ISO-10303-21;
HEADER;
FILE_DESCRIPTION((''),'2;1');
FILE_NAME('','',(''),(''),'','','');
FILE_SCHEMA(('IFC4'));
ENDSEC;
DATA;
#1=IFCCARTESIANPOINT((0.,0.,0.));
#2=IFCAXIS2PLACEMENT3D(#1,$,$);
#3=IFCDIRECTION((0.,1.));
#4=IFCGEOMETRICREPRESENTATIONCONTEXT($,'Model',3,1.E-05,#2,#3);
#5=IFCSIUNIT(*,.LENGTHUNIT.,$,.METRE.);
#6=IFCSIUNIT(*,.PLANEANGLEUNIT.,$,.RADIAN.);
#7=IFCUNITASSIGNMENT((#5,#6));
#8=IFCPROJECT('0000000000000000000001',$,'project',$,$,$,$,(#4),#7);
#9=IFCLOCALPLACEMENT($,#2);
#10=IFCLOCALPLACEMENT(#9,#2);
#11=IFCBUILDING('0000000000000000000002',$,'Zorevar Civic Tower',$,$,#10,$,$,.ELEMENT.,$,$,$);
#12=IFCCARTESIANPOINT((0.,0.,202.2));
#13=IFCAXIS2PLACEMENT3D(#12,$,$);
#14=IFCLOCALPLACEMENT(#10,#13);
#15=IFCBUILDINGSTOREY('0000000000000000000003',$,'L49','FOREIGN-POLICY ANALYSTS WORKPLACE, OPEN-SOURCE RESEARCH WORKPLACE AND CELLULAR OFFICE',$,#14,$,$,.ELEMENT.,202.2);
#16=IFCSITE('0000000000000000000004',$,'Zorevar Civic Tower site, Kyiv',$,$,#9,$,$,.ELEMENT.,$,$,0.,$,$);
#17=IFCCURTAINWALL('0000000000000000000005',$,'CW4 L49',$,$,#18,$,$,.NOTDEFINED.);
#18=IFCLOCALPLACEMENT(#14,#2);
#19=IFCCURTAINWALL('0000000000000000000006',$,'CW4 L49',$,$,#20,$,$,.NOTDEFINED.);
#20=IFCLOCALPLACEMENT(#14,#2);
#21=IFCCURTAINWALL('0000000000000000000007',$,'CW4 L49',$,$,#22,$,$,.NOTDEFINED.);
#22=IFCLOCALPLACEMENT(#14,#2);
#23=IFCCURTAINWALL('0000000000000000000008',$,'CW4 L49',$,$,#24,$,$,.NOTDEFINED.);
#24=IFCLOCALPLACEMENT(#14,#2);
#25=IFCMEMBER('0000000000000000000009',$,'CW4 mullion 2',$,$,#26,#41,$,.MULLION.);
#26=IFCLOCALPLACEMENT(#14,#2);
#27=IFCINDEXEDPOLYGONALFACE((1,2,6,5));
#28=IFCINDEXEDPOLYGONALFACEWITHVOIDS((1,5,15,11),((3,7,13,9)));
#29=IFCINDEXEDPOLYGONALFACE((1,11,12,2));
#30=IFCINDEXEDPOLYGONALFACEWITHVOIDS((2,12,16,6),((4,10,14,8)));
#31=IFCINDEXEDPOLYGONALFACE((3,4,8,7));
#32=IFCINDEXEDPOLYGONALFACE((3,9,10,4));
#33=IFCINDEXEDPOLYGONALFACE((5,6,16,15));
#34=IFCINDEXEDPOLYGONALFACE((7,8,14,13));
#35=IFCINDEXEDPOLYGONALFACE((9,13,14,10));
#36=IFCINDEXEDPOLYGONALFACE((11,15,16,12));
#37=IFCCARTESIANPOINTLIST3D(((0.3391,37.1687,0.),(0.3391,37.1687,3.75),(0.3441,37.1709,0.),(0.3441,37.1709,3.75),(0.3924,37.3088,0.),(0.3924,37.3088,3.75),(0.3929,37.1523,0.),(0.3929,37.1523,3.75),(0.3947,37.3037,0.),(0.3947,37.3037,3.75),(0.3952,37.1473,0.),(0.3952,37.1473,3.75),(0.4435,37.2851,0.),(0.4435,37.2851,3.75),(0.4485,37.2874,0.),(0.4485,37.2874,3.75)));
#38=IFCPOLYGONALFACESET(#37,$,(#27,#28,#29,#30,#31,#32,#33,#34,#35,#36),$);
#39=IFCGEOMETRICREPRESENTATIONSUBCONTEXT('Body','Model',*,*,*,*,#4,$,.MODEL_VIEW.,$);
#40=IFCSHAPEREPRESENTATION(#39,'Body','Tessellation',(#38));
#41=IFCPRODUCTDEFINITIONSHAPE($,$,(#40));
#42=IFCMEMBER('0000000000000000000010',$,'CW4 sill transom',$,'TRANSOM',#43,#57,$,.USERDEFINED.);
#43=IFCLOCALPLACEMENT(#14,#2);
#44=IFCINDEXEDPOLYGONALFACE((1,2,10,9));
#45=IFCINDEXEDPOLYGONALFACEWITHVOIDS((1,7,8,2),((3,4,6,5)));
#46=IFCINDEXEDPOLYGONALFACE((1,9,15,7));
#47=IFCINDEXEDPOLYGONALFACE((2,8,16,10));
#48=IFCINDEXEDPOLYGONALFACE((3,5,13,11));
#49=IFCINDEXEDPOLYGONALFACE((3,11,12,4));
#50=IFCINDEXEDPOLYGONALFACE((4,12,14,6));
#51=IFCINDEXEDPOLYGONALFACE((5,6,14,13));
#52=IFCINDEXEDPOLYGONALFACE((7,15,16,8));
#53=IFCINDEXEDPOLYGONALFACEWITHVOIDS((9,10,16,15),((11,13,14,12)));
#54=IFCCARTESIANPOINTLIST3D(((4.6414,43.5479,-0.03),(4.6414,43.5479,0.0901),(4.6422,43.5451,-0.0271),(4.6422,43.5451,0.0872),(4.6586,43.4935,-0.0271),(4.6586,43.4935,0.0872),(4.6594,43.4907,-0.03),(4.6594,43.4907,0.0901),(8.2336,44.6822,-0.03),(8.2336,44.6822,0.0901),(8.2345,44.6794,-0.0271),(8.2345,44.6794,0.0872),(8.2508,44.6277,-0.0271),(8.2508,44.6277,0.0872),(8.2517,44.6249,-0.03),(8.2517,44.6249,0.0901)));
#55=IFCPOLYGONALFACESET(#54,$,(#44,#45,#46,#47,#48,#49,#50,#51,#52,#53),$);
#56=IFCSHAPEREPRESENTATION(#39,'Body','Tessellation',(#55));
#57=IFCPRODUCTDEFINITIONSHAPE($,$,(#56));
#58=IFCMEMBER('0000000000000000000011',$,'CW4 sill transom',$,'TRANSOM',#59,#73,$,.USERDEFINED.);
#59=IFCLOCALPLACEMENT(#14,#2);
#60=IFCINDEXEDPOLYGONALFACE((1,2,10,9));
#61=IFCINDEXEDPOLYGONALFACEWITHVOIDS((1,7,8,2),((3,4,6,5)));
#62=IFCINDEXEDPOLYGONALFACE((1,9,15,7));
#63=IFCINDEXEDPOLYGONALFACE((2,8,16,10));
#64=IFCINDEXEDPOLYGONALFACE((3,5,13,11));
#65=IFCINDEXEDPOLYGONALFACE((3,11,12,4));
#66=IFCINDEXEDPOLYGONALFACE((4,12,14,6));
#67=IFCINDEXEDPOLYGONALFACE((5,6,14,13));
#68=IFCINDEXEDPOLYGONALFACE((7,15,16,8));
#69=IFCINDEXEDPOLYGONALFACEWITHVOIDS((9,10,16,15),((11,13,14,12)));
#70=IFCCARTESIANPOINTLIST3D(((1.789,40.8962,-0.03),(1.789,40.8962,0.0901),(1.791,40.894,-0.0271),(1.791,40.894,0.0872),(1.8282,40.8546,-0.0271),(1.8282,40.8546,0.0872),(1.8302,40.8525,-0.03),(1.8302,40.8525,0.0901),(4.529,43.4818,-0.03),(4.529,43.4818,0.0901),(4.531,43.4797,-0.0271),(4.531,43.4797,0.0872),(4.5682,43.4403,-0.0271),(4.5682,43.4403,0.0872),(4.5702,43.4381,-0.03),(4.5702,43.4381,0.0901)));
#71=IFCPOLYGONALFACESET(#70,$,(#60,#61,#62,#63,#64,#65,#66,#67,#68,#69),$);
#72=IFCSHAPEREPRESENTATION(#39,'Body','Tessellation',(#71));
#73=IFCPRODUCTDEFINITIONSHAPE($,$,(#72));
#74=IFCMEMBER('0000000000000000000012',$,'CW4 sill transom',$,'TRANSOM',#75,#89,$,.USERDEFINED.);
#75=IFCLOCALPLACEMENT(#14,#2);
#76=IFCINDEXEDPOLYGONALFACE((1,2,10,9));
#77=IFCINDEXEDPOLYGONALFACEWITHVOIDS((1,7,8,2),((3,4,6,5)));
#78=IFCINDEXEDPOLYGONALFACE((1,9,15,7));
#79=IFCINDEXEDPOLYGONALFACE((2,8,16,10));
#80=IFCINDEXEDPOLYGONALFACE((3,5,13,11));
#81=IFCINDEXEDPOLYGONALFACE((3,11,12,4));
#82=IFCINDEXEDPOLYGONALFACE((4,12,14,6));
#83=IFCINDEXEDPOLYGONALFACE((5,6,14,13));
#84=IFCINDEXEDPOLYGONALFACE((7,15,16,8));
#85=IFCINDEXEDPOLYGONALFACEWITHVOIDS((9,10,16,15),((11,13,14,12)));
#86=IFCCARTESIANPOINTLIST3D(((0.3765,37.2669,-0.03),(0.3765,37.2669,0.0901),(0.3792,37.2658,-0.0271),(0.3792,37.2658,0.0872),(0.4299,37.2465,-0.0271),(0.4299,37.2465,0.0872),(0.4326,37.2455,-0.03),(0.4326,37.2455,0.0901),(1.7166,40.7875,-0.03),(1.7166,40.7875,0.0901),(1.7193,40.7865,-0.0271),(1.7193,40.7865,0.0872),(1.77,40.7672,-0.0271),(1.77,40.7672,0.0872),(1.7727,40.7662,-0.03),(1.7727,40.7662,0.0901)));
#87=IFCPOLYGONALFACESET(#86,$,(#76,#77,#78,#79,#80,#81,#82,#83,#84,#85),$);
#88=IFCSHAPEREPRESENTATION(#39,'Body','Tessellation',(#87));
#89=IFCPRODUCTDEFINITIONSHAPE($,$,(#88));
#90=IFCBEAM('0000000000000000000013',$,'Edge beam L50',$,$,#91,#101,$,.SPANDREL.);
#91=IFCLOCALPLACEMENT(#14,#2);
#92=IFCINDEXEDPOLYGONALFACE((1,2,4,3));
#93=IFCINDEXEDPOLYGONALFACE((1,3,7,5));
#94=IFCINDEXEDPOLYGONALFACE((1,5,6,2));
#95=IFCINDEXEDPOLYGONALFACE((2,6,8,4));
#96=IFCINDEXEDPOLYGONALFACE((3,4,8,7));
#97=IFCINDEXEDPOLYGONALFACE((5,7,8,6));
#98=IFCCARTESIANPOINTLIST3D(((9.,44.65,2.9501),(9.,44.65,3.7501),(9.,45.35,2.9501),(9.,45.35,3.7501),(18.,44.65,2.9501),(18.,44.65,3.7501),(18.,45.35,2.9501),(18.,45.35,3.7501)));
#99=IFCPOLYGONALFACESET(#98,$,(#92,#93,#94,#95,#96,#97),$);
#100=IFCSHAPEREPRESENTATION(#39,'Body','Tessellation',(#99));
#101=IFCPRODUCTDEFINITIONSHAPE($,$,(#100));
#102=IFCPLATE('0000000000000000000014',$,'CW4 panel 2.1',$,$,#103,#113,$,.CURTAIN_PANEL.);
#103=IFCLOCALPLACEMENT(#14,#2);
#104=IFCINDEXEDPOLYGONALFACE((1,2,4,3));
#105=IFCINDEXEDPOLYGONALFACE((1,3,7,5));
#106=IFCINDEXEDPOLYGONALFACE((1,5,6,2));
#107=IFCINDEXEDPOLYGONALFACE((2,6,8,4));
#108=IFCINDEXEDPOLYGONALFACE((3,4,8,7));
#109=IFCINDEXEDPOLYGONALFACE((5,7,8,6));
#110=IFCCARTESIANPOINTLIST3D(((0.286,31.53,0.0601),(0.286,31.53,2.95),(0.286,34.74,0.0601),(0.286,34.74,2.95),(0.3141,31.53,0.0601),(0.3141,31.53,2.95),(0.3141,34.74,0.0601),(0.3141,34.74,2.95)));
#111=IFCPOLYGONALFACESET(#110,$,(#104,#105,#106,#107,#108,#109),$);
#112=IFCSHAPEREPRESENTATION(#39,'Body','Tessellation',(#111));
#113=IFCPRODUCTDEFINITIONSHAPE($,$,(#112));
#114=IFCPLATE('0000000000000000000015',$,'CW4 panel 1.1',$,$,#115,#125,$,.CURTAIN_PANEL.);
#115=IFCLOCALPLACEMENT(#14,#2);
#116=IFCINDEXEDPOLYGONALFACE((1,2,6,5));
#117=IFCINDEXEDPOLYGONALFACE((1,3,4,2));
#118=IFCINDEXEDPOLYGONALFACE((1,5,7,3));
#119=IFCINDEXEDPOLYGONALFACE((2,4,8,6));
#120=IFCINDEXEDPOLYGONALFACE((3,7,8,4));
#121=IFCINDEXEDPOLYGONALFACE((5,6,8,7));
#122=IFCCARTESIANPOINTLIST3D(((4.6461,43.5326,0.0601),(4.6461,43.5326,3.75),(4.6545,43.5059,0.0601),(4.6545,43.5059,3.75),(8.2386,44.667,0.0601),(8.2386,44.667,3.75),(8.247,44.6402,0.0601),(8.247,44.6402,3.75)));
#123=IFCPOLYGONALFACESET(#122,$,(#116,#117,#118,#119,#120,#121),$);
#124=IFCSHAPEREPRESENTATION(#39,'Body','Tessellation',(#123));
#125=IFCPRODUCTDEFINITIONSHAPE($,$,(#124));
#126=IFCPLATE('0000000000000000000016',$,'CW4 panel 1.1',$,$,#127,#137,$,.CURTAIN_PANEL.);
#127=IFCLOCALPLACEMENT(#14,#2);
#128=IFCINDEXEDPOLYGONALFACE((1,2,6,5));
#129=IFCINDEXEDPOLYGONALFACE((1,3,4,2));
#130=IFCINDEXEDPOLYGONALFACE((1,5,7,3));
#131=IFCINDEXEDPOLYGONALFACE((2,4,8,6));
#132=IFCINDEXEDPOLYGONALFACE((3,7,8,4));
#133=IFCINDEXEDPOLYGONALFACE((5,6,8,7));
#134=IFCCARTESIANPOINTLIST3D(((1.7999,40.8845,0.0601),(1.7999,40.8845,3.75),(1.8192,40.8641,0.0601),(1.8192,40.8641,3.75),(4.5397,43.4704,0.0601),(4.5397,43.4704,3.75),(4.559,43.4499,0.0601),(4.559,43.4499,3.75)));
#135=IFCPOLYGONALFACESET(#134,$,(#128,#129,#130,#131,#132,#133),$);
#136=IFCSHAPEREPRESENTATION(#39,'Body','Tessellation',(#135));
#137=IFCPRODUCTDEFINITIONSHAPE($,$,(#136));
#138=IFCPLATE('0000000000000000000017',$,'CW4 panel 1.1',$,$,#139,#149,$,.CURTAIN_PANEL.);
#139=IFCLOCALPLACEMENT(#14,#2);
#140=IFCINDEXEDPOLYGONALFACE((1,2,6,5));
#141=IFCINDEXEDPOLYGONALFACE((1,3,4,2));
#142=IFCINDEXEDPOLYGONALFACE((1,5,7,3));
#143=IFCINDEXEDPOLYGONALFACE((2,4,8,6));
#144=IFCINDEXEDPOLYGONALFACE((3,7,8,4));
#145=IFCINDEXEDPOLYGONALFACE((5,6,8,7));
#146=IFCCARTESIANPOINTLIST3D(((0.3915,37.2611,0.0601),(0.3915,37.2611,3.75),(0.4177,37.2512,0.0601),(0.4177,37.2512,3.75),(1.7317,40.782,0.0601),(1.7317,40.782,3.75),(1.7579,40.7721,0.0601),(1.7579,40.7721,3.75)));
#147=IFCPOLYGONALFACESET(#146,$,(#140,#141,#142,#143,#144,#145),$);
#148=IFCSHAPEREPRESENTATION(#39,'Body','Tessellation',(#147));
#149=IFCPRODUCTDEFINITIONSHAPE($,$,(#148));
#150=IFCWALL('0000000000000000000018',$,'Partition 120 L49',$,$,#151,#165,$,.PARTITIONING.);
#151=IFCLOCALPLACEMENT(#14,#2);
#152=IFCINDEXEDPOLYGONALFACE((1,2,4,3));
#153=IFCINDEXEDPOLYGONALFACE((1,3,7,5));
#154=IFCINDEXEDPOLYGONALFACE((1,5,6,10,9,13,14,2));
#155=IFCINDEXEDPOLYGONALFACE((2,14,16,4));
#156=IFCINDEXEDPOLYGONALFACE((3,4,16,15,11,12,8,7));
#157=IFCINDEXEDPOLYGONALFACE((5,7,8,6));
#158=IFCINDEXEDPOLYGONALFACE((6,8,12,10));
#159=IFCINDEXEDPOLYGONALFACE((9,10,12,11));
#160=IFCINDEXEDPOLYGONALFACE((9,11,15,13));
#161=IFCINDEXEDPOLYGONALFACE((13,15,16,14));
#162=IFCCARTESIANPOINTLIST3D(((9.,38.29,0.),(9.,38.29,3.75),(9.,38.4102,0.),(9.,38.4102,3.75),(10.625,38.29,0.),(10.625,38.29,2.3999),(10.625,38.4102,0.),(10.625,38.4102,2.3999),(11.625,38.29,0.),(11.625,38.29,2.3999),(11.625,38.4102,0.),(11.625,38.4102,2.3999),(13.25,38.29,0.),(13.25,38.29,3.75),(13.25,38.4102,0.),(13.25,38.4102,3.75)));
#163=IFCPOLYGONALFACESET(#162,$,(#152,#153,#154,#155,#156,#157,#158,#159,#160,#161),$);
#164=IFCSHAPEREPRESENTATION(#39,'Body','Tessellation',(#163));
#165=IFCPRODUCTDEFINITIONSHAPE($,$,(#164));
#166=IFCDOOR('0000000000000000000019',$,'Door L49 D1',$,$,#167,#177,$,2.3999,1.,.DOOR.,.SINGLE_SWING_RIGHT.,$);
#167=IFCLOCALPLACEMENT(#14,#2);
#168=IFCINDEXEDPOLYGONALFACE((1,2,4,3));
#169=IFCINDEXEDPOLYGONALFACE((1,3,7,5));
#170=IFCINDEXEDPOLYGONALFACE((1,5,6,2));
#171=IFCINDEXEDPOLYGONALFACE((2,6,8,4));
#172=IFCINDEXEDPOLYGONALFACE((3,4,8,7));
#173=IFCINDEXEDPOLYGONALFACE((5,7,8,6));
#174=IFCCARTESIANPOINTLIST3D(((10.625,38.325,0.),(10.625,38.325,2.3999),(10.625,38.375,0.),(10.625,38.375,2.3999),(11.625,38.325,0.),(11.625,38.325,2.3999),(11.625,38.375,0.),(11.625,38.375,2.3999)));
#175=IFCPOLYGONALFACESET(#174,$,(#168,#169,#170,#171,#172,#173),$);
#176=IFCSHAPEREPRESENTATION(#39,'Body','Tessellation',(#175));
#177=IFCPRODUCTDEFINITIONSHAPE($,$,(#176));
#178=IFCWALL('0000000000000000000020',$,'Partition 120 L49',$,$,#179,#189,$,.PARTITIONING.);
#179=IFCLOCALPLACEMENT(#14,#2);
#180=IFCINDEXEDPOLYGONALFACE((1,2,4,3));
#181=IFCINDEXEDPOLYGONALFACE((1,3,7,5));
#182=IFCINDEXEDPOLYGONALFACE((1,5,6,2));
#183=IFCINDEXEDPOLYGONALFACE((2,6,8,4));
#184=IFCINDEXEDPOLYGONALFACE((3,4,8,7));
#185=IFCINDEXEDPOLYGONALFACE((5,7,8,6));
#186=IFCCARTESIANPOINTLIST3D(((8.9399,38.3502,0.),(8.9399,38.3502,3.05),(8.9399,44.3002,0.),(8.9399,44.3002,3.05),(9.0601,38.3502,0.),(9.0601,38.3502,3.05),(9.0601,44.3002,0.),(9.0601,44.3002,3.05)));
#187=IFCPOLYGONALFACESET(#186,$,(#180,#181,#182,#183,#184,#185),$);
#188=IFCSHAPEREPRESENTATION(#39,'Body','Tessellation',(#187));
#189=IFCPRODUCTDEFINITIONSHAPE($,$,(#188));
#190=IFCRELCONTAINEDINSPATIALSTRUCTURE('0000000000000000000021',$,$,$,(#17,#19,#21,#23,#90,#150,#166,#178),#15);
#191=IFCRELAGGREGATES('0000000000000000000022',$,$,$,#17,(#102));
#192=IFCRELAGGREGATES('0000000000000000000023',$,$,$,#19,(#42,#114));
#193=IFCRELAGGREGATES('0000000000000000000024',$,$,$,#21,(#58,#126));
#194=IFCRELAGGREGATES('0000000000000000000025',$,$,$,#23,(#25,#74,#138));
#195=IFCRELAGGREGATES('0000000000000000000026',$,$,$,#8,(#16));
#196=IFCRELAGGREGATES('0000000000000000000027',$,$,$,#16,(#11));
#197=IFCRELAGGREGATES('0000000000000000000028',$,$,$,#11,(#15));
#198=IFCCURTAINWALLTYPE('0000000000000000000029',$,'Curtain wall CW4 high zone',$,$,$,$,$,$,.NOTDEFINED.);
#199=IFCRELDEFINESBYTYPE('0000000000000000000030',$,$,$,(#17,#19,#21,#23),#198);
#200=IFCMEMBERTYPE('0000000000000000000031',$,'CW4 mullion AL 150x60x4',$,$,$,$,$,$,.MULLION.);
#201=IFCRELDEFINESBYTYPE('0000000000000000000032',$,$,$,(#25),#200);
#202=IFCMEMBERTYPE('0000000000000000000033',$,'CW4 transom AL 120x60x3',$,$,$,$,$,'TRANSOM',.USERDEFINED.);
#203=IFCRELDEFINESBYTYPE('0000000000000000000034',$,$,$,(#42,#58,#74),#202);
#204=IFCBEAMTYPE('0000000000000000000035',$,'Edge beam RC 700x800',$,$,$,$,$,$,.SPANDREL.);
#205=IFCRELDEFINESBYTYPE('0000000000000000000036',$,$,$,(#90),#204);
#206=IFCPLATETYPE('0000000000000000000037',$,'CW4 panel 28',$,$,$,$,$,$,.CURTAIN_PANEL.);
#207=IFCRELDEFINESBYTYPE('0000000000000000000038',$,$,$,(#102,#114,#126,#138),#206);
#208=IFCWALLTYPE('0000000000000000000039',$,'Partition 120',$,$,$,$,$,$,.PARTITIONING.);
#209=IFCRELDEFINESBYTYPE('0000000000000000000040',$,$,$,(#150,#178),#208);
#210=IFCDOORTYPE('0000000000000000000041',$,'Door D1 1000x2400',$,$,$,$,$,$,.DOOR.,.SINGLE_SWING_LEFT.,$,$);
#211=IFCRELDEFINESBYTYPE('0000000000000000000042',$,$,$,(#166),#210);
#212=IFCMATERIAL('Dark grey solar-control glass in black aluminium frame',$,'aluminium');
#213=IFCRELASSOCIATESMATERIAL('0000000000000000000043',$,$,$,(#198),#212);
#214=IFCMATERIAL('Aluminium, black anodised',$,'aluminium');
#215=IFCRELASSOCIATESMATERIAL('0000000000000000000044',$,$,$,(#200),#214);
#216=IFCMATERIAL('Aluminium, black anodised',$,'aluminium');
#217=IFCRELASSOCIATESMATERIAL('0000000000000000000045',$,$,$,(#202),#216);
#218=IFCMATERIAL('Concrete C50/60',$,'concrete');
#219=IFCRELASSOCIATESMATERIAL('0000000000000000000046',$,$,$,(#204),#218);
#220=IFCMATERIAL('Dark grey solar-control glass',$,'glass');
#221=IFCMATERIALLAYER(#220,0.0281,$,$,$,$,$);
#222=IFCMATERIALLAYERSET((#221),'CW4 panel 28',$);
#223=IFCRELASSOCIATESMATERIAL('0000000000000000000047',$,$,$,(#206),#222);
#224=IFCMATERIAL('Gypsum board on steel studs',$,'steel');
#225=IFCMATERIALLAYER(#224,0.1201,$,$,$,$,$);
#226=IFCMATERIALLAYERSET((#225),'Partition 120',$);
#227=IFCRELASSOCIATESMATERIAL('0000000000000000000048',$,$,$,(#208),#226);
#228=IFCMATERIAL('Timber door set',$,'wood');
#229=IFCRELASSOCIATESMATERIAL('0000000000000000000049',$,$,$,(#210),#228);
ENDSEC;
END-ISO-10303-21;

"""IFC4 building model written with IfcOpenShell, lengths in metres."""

from ifc_helpers import new_model, si_unit, direction, frame, frame_2d, origin, origin_2d, place, context, subcontext, project, spatial, rectangle, hollow_rectangle, extrude, material, layer, layer_set, material_profile, profile_set, type_object, element, fill, aggregate, save


model = new_model("IFC4")

# Units and contexts
model_context = context("Model", 3, precision=1e-05, world=origin(), true_north=direction((0.0, 1.0)))
body_context = subcontext(model_context, "Body", "Model", "MODEL_VIEW")
ifc_project = project(units=[si_unit("LENGTHUNIT", "METRE"), si_unit("PLANEANGLEUNIT", "RADIAN")], contexts=[model_context])

# Site, building, storey
site_placement = place(None, origin())
site = spatial("IfcSite", under=ifc_project, at=site_placement, Name="Zorevar Civic Tower site, Kyiv", CompositionType="ELEMENT", RefElevation=0.0)
building_placement = place(site_placement, origin())
building = spatial("IfcBuilding", under=site, at=building_placement, Name="Zorevar Civic Tower", CompositionType="ELEMENT")
storey_placement = place(building_placement, frame((0.0, 0.0, 202.2)))
storey = spatial("IfcBuildingStorey", under=building, at=storey_placement, Name="L49", Description="FOREIGN-POLICY ANALYSTS WORKPLACE, OPEN-SOURCE RESEARCH WORKPLACE AND CELLULAR OFFICE", CompositionType="ELEMENT", Elevation=202.2)

# Curtain wall
ifc_material_1 = material(Name="Dark grey solar-control glass in black aluminium frame", Category="aluminium")
curtain_wall_type = type_object("IfcCurtainWallType", Name="Curtain wall CW4 high zone", PredefinedType="NOTDEFINED", material=ifc_material_1)
curtain_wall_1_placement = place(storey_placement, origin())
curtain_wall_1 = element("IfcCurtainWall", 1, at=curtain_wall_1_placement, inside=storey, type_object=curtain_wall_type, Name="CW4 L49", PredefinedType="NOTDEFINED")
ifc_material_2 = material(Name="Aluminium, black anodised", Category="aluminium")
ifc_material_profile_1 = material_profile(ifc_material_2, hollow_rectangle(XDim=0.0601, YDim=0.1499, WallThickness=0.0039, at=origin_2d()), Name="AL 150x60x4")
ifc_profile_set_1 = profile_set([ifc_material_profile_1], Name="Aluminium, black anodised")
member_type_1 = type_object("IfcMemberType", Name="CW4 mullion AL 150x60x4", PredefinedType="MULLION", material=ifc_profile_set_1)

# Curtain walls, member
curtain_wall_2_placement = place(storey_placement, origin())
curtain_wall_2 = element("IfcCurtainWall", 2, at=curtain_wall_2_placement, inside=storey, type_object=curtain_wall_type, Name="CW4 L49", PredefinedType="NOTDEFINED")
curtain_wall_3_placement = place(storey_placement, origin())
curtain_wall_3 = element("IfcCurtainWall", 3, at=curtain_wall_3_placement, inside=storey, type_object=curtain_wall_type, Name="CW4 L49", PredefinedType="NOTDEFINED")
curtain_wall_4_placement = place(storey_placement, origin())
curtain_wall_4 = element("IfcCurtainWall", 4, at=curtain_wall_4_placement, inside=storey, type_object=curtain_wall_type, Name="CW4 L49", PredefinedType="NOTDEFINED")
member_1_placement = place(storey_placement, frame((0.3938, 37.228, 0.0), z_axis=(0.0, 0.0, 1.0), x_axis=(0.934588, -0.355731, 0.0)))
member_1 = element("IfcMember", 5, at=member_1_placement, type_object=member_type_1, Name="CW4 mullion 2", PredefinedType="MULLION", context=body_context, shape_type="SweptSolid", body=[
    extrude(hollow_rectangle(XDim=0.0601, YDim=0.1499, WallThickness=0.0039, at=origin_2d()), origin(), (0.0, 0.0, 1.0), 3.75),
])

# Members
ifc_material_3 = material(Name="Aluminium, black anodised", Category="aluminium")
ifc_material_profile_2 = material_profile(ifc_material_3, hollow_rectangle(XDim=0.0601, YDim=0.1201, WallThickness=0.0029, at=origin_2d()), Name="AL 120x60x3")
ifc_profile_set_2 = profile_set([ifc_material_profile_2], Name="Aluminium, black anodised")
member_type_2 = type_object("IfcMemberType", Name="CW4 transom AL 120x60x3", ElementType="TRANSOM", PredefinedType="USERDEFINED", material=ifc_profile_set_2)
member_2_placement = place(storey_placement, frame((8.2427, 44.6536, 0.03), z_axis=(-0.953592, -0.3011, 0.0), x_axis=(0.3011, -0.953592, 0.0)))
member_2 = element("IfcMember", 6, at=member_2_placement, type_object=member_type_2, Name="CW4 sill transom", ObjectType="TRANSOM", PredefinedType="USERDEFINED", context=body_context, shape_type="SweptSolid", body=[
    extrude(hollow_rectangle(XDim=0.0601, YDim=0.1201, WallThickness=0.0029, at=origin_2d()), origin(), (0.0, 0.0, 1.0), 3.7671),
])
member_3_placement = place(storey_placement, frame((4.5496, 43.46, 0.03), z_axis=(-0.727288, -0.686332, 0.0), x_axis=(0.686332, -0.727288, 0.0)))
member_3 = element("IfcMember", 7, at=member_3_placement, type_object=member_type_2, Name="CW4 sill transom", ObjectType="TRANSOM", PredefinedType="USERDEFINED", context=body_context, shape_type="SweptSolid", body=[
    extrude(hollow_rectangle(XDim=0.0601, YDim=0.1201, WallThickness=0.0029, at=origin_2d()), origin(), (0.0, 0.0, 1.0), 3.7673),
])
member_4_placement = place(storey_placement, frame((1.7446, 40.7769, 0.03), z_axis=(-0.355729, -0.934589, 0.0), x_axis=(0.934589, -0.355729, 0.0)))
member_4 = element("IfcMember", 8, at=member_4_placement, type_object=member_type_2, Name="CW4 sill transom", ObjectType="TRANSOM", PredefinedType="USERDEFINED", context=body_context, shape_type="SweptSolid", body=[
    extrude(hollow_rectangle(XDim=0.0601, YDim=0.1201, WallThickness=0.0029, at=origin_2d()), origin(), (0.0, 0.0, 1.0), 3.7671),
])

# Beam
ifc_material_4 = material(Name="Concrete C50/60", Category="concrete")
ifc_material_profile_3 = material_profile(ifc_material_4, rectangle(XDim=0.7, YDim=0.8, at=origin_2d()), Name="RC 700x800")
ifc_profile_set_3 = profile_set([ifc_material_profile_3], Name="Concrete C50/60")
beam_type_1 = type_object("IfcBeamType", Name="Edge beam RC 700x800", PredefinedType="SPANDREL", material=ifc_profile_set_3)
beam_1_placement = place(storey_placement, frame((9.0, 45.0, 3.3501), z_axis=(1.0, 0.0, 0.0), x_axis=(0.0, 1.0, 0.0)))
element("IfcBeam", 9, at=beam_1_placement, inside=storey, type_object=beam_type_1, Name="Edge beam L50", PredefinedType="SPANDREL", context=body_context, shape_type="SweptSolid", body=[
    extrude(rectangle(XDim=0.7, YDim=0.8, at=origin_2d()), origin(), (0.0, 0.0, 1.0), 9.0),
])

# Plates
ifc_material_5 = material(Name="Dark grey solar-control glass", Category="glass")
ifc_layer_1 = layer(ifc_material_5, 0.0281)
ifc_layer_set_1 = layer_set([ifc_layer_1], Name="CW4 panel 28")
plate_type = type_object("IfcPlateType", Name="CW4 panel 28", PredefinedType="CURTAIN_PANEL", material=ifc_layer_set_1)
plate_1_placement = place(storey_placement, frame((0.3, 33.135, 0.0601), z_axis=(0.0, 0.0, 1.0), x_axis=(0.0, 1.0, 0.0)))
plate_1 = element("IfcPlate", 10, at=plate_1_placement, type_object=plate_type, Name="CW4 panel 2.1", PredefinedType="CURTAIN_PANEL", context=body_context, shape_type="SweptSolid", body=[
    extrude(rectangle(XDim=3.21, YDim=0.0281, at=origin_2d()), origin(), (0.0, 0.0, 1.0), 2.8899),
])
aggregate(curtain_wall_1, [plate_1])
plate_2_placement = place(storey_placement, frame((6.4465, 44.0864, 0.0601), z_axis=(0.0, 0.0, 1.0), x_axis=(-0.95359, -0.301108, 0.0)))
plate_2 = element("IfcPlate", 11, at=plate_2_placement, type_object=plate_type, Name="CW4 panel 1.1", PredefinedType="CURTAIN_PANEL", context=body_context, shape_type="SweptSolid", body=[
    extrude(rectangle(XDim=3.7673, YDim=0.0281, at=origin_2d()), origin(), (0.0, 0.0, 1.0), 3.6899),
])
aggregate(curtain_wall_2, [member_2, plate_2])
plate_3_placement = place(storey_placement, frame((3.1794, 42.1672, 0.0601), z_axis=(0.0, 0.0, 1.0), x_axis=(-0.727245, -0.686378, 0.0)))
plate_3 = element("IfcPlate", 12, at=plate_3_placement, type_object=plate_type, Name="CW4 panel 1.1", PredefinedType="CURTAIN_PANEL", context=body_context, shape_type="SweptSolid", body=[
    extrude(rectangle(XDim=3.7673, YDim=0.0281, at=origin_2d()), origin(), (0.0, 0.0, 1.0), 3.6899),
])
aggregate(curtain_wall_3, [member_3, plate_3])
plate_4_placement = place(storey_placement, frame((1.0747, 39.0166, 0.0601), z_axis=(0.0, 0.0, 1.0), x_axis=(-0.355731, -0.934588, 0.0)))
plate_4 = element("IfcPlate", 13, at=plate_4_placement, type_object=plate_type, Name="CW4 panel 1.1", PredefinedType="CURTAIN_PANEL", context=body_context, shape_type="SweptSolid", body=[
    extrude(rectangle(XDim=3.7673, YDim=0.0281, at=origin_2d()), origin(), (0.0, 0.0, 1.0), 3.6899),
])
aggregate(curtain_wall_4, [member_1, member_4, plate_4])

# Wall, opening, door
ifc_material_6 = material(Name="Gypsum board on steel studs", Category="steel")
ifc_layer_2 = layer(ifc_material_6, 0.1201)
ifc_layer_set_2 = layer_set([ifc_layer_2], Name="Partition 120")
wall_type = type_object("IfcWallType", Name="Partition 120", PredefinedType="PARTITIONING", material=ifc_layer_set_2)
wall_1_placement = place(storey_placement, frame((9.0, 38.3501, 0.0), z_axis=(0.0, 0.0, 1.0), x_axis=(1.0, 0.0, 0.0)))
wall_1 = element("IfcWall", 14, at=wall_1_placement, inside=storey, type_object=wall_type, Name="Partition 120 L49", PredefinedType="PARTITIONING", context=body_context, shape_type="SweptSolid", body=[
    extrude(rectangle(XDim=4.25, YDim=0.1201, at=frame_2d((2.125, 0.0))), origin(), (0.0, 0.0, 1.0), 3.75),
])
opening_placement = place(wall_1_placement, frame((1.625, 0.0, 0.0)))
opening = element("IfcOpeningElement", 15, at=opening_placement, cuts=wall_1, PredefinedType="OPENING", context=body_context, shape_type="SweptSolid", body=[
    extrude(rectangle(XDim=1.0, YDim=2.3999, at=frame_2d((0.5, 1.2))), frame((0.0, 0.0701, 0.0), z_axis=(0.0, -1.0, 0.0), x_axis=(1.0, 0.0, 0.0)), (0.0, 0.0, 1.0), 0.1401),
])
ifc_material_7 = material(Name="Timber door set", Category="wood")
door_type = type_object("IfcDoorType", Name="Door D1 1000x2400", OperationType="SINGLE_SWING_LEFT", PredefinedType="DOOR", material=ifc_material_7)
door_placement = place(opening_placement, origin())
door = element("IfcDoor", 16, at=door_placement, inside=storey, type_object=door_type, Name="Door L49 D1", OperationType="SINGLE_SWING_RIGHT", OverallHeight=2.3999, OverallWidth=1.0, PredefinedType="DOOR", context=body_context, shape_type="SweptSolid", body=[
    extrude(rectangle(XDim=1.0, YDim=2.3999, at=frame_2d((0.5, 1.2))), frame((0.0, 0.0249, 0.0), z_axis=(0.0, -1.0, 0.0), x_axis=(1.0, 0.0, 0.0)), (0.0, 0.0, 1.0), 0.05),
])
fill(opening, door)

# Wall
wall_2_placement = place(storey_placement, frame((9.0, 38.3501, 0.0), z_axis=(0.0, 0.0, 1.0), x_axis=(0.0, 1.0, 0.0)))
element("IfcWall", 17, at=wall_2_placement, inside=storey, type_object=wall_type, Name="Partition 120 L49", PredefinedType="PARTITIONING", context=body_context, shape_type="SweptSolid", body=[
    extrude(rectangle(XDim=5.95, YDim=0.1201, at=frame_2d((2.9751, 0.0))), origin(), (0.0, 0.0, 1.0), 3.05),
])

save(model, "model.ifc")
